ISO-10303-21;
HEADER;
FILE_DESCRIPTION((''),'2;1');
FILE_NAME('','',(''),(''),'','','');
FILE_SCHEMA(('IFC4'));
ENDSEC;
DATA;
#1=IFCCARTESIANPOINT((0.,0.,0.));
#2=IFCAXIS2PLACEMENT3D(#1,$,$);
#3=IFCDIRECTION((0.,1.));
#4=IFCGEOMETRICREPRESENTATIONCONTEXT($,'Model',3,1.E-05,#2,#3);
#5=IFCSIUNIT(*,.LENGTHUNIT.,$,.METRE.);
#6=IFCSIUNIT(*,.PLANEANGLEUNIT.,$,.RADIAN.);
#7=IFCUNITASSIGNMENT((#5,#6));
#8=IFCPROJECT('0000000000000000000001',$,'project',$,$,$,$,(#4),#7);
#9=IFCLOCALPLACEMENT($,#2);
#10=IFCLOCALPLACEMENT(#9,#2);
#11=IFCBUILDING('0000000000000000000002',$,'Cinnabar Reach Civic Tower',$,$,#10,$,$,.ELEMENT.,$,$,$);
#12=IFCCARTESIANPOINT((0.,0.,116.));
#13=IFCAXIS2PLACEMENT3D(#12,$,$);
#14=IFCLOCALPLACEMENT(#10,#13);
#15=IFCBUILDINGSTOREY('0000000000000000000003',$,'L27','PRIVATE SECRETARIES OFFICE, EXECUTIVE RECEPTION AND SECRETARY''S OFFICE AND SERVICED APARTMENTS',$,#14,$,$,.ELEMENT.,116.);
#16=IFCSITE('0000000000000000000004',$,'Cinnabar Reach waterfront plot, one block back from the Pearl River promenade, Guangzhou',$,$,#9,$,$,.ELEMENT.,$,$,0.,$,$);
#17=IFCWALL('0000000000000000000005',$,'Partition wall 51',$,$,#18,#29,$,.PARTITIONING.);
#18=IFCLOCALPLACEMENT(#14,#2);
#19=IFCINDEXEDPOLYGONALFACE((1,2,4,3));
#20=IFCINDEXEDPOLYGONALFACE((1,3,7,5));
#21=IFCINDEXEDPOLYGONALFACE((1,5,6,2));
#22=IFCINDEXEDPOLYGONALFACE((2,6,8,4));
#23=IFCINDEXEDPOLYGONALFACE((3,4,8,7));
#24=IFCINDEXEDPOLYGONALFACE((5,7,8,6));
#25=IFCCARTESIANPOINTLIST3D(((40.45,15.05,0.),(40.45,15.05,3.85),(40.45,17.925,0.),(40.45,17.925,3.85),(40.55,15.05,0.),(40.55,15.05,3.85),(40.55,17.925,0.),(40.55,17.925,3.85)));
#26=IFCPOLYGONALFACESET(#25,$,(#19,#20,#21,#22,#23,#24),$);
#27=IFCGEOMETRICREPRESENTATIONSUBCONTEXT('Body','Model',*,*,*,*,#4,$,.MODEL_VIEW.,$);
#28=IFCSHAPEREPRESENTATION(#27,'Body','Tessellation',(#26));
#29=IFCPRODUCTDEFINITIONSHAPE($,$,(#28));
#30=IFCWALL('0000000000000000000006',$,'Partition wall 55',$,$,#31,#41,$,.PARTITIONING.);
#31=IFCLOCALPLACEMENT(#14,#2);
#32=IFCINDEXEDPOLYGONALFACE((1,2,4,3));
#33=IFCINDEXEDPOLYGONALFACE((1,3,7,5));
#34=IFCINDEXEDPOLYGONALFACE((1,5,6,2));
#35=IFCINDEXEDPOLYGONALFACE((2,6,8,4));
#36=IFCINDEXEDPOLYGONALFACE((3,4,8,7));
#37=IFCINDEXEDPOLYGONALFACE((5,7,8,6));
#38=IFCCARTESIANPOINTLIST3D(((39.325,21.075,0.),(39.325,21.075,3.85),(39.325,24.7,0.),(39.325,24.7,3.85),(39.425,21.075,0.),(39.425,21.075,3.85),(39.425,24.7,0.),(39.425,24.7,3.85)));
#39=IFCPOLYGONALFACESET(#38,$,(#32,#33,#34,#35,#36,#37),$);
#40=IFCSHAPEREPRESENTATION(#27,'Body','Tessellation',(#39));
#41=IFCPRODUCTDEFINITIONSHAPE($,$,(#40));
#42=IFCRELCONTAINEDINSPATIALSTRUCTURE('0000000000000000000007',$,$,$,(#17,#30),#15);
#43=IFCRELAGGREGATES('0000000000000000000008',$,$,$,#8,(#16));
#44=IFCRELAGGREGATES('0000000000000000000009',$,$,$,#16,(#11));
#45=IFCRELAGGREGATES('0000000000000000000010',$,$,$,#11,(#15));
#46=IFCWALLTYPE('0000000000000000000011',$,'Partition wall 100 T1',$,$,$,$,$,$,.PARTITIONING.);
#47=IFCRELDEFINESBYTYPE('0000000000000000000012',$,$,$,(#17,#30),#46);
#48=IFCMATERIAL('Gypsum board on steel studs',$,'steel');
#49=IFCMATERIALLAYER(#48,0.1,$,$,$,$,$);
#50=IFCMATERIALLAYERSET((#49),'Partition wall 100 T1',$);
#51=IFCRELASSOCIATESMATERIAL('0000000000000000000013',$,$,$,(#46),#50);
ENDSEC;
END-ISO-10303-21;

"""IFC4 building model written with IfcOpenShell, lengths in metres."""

from ifc_helpers import new_model, si_unit, direction, frame, frame_2d, origin, place, context, subcontext, project, spatial, rectangle, extrude, material, layer, layer_set, type_object, element, save


model = new_model("IFC4")

# Units and contexts
model_context = context("Model", 3, precision=1e-05, world=origin(), true_north=direction((0.0, 1.0)))
body_context = subcontext(model_context, "Body", "Model", "MODEL_VIEW")
ifc_project = project(units=[si_unit("LENGTHUNIT", "METRE"), si_unit("PLANEANGLEUNIT", "RADIAN")], contexts=[model_context])

# Site, building, storey
site_placement = place(None, origin())
site = spatial("IfcSite", under=ifc_project, at=site_placement, Name="Cinnabar Reach waterfront plot, one block back from the Pearl River promenade, Guangzhou", CompositionType="ELEMENT", RefElevation=0.0)
building_placement = place(site_placement, origin())
building = spatial("IfcBuilding", under=site, at=building_placement, Name="Cinnabar Reach Civic Tower", CompositionType="ELEMENT")
storey_placement = place(building_placement, frame((0.0, 0.0, 116.0)))
storey = spatial("IfcBuildingStorey", under=building, at=storey_placement, Name="L27", Description="PRIVATE SECRETARIES OFFICE, EXECUTIVE RECEPTION AND SECRETARY'S OFFICE AND SERVICED APARTMENTS", CompositionType="ELEMENT", Elevation=116.0)

# Walls
ifc_material_1 = material(Name="Gypsum board on steel studs", Category="steel")
ifc_layer_1 = layer(ifc_material_1, 0.1)
ifc_layer_set_1 = layer_set([ifc_layer_1], Name="Partition wall 100 T1")
wall_type_1 = type_object("IfcWallType", Name="Partition wall 100 T1", PredefinedType="PARTITIONING", material=ifc_layer_set_1)
wall_1_placement = place(storey_placement, frame((40.5, 15.05, 0.0), z_axis=(0.0, 0.0, 1.0), x_axis=(0.0, 1.0, 0.0)))
element("IfcWall", 1, at=wall_1_placement, inside=storey, type_object=wall_type_1, Name="Partition wall 51", PredefinedType="PARTITIONING", context=body_context, shape_type="SweptSolid", body=[
    extrude(rectangle(XDim=2.875, YDim=0.1, at=frame_2d((1.4375, 0.0))), origin(), (0.0, 0.0, 1.0), 3.85),
])
wall_2_placement = place(storey_placement, frame((39.375, 21.075, 0.0), z_axis=(0.0, 0.0, 1.0), x_axis=(0.0, 1.0, 0.0)))
element("IfcWall", 2, at=wall_2_placement, inside=storey, type_object=wall_type_1, Name="Partition wall 55", PredefinedType="PARTITIONING", context=body_context, shape_type="SweptSolid", body=[
    extrude(rectangle(XDim=3.625, YDim=0.1, at=frame_2d((1.8125, 0.0))), origin(), (0.0, 0.0, 1.0), 3.85),
])

save(model, "model.ifc")
